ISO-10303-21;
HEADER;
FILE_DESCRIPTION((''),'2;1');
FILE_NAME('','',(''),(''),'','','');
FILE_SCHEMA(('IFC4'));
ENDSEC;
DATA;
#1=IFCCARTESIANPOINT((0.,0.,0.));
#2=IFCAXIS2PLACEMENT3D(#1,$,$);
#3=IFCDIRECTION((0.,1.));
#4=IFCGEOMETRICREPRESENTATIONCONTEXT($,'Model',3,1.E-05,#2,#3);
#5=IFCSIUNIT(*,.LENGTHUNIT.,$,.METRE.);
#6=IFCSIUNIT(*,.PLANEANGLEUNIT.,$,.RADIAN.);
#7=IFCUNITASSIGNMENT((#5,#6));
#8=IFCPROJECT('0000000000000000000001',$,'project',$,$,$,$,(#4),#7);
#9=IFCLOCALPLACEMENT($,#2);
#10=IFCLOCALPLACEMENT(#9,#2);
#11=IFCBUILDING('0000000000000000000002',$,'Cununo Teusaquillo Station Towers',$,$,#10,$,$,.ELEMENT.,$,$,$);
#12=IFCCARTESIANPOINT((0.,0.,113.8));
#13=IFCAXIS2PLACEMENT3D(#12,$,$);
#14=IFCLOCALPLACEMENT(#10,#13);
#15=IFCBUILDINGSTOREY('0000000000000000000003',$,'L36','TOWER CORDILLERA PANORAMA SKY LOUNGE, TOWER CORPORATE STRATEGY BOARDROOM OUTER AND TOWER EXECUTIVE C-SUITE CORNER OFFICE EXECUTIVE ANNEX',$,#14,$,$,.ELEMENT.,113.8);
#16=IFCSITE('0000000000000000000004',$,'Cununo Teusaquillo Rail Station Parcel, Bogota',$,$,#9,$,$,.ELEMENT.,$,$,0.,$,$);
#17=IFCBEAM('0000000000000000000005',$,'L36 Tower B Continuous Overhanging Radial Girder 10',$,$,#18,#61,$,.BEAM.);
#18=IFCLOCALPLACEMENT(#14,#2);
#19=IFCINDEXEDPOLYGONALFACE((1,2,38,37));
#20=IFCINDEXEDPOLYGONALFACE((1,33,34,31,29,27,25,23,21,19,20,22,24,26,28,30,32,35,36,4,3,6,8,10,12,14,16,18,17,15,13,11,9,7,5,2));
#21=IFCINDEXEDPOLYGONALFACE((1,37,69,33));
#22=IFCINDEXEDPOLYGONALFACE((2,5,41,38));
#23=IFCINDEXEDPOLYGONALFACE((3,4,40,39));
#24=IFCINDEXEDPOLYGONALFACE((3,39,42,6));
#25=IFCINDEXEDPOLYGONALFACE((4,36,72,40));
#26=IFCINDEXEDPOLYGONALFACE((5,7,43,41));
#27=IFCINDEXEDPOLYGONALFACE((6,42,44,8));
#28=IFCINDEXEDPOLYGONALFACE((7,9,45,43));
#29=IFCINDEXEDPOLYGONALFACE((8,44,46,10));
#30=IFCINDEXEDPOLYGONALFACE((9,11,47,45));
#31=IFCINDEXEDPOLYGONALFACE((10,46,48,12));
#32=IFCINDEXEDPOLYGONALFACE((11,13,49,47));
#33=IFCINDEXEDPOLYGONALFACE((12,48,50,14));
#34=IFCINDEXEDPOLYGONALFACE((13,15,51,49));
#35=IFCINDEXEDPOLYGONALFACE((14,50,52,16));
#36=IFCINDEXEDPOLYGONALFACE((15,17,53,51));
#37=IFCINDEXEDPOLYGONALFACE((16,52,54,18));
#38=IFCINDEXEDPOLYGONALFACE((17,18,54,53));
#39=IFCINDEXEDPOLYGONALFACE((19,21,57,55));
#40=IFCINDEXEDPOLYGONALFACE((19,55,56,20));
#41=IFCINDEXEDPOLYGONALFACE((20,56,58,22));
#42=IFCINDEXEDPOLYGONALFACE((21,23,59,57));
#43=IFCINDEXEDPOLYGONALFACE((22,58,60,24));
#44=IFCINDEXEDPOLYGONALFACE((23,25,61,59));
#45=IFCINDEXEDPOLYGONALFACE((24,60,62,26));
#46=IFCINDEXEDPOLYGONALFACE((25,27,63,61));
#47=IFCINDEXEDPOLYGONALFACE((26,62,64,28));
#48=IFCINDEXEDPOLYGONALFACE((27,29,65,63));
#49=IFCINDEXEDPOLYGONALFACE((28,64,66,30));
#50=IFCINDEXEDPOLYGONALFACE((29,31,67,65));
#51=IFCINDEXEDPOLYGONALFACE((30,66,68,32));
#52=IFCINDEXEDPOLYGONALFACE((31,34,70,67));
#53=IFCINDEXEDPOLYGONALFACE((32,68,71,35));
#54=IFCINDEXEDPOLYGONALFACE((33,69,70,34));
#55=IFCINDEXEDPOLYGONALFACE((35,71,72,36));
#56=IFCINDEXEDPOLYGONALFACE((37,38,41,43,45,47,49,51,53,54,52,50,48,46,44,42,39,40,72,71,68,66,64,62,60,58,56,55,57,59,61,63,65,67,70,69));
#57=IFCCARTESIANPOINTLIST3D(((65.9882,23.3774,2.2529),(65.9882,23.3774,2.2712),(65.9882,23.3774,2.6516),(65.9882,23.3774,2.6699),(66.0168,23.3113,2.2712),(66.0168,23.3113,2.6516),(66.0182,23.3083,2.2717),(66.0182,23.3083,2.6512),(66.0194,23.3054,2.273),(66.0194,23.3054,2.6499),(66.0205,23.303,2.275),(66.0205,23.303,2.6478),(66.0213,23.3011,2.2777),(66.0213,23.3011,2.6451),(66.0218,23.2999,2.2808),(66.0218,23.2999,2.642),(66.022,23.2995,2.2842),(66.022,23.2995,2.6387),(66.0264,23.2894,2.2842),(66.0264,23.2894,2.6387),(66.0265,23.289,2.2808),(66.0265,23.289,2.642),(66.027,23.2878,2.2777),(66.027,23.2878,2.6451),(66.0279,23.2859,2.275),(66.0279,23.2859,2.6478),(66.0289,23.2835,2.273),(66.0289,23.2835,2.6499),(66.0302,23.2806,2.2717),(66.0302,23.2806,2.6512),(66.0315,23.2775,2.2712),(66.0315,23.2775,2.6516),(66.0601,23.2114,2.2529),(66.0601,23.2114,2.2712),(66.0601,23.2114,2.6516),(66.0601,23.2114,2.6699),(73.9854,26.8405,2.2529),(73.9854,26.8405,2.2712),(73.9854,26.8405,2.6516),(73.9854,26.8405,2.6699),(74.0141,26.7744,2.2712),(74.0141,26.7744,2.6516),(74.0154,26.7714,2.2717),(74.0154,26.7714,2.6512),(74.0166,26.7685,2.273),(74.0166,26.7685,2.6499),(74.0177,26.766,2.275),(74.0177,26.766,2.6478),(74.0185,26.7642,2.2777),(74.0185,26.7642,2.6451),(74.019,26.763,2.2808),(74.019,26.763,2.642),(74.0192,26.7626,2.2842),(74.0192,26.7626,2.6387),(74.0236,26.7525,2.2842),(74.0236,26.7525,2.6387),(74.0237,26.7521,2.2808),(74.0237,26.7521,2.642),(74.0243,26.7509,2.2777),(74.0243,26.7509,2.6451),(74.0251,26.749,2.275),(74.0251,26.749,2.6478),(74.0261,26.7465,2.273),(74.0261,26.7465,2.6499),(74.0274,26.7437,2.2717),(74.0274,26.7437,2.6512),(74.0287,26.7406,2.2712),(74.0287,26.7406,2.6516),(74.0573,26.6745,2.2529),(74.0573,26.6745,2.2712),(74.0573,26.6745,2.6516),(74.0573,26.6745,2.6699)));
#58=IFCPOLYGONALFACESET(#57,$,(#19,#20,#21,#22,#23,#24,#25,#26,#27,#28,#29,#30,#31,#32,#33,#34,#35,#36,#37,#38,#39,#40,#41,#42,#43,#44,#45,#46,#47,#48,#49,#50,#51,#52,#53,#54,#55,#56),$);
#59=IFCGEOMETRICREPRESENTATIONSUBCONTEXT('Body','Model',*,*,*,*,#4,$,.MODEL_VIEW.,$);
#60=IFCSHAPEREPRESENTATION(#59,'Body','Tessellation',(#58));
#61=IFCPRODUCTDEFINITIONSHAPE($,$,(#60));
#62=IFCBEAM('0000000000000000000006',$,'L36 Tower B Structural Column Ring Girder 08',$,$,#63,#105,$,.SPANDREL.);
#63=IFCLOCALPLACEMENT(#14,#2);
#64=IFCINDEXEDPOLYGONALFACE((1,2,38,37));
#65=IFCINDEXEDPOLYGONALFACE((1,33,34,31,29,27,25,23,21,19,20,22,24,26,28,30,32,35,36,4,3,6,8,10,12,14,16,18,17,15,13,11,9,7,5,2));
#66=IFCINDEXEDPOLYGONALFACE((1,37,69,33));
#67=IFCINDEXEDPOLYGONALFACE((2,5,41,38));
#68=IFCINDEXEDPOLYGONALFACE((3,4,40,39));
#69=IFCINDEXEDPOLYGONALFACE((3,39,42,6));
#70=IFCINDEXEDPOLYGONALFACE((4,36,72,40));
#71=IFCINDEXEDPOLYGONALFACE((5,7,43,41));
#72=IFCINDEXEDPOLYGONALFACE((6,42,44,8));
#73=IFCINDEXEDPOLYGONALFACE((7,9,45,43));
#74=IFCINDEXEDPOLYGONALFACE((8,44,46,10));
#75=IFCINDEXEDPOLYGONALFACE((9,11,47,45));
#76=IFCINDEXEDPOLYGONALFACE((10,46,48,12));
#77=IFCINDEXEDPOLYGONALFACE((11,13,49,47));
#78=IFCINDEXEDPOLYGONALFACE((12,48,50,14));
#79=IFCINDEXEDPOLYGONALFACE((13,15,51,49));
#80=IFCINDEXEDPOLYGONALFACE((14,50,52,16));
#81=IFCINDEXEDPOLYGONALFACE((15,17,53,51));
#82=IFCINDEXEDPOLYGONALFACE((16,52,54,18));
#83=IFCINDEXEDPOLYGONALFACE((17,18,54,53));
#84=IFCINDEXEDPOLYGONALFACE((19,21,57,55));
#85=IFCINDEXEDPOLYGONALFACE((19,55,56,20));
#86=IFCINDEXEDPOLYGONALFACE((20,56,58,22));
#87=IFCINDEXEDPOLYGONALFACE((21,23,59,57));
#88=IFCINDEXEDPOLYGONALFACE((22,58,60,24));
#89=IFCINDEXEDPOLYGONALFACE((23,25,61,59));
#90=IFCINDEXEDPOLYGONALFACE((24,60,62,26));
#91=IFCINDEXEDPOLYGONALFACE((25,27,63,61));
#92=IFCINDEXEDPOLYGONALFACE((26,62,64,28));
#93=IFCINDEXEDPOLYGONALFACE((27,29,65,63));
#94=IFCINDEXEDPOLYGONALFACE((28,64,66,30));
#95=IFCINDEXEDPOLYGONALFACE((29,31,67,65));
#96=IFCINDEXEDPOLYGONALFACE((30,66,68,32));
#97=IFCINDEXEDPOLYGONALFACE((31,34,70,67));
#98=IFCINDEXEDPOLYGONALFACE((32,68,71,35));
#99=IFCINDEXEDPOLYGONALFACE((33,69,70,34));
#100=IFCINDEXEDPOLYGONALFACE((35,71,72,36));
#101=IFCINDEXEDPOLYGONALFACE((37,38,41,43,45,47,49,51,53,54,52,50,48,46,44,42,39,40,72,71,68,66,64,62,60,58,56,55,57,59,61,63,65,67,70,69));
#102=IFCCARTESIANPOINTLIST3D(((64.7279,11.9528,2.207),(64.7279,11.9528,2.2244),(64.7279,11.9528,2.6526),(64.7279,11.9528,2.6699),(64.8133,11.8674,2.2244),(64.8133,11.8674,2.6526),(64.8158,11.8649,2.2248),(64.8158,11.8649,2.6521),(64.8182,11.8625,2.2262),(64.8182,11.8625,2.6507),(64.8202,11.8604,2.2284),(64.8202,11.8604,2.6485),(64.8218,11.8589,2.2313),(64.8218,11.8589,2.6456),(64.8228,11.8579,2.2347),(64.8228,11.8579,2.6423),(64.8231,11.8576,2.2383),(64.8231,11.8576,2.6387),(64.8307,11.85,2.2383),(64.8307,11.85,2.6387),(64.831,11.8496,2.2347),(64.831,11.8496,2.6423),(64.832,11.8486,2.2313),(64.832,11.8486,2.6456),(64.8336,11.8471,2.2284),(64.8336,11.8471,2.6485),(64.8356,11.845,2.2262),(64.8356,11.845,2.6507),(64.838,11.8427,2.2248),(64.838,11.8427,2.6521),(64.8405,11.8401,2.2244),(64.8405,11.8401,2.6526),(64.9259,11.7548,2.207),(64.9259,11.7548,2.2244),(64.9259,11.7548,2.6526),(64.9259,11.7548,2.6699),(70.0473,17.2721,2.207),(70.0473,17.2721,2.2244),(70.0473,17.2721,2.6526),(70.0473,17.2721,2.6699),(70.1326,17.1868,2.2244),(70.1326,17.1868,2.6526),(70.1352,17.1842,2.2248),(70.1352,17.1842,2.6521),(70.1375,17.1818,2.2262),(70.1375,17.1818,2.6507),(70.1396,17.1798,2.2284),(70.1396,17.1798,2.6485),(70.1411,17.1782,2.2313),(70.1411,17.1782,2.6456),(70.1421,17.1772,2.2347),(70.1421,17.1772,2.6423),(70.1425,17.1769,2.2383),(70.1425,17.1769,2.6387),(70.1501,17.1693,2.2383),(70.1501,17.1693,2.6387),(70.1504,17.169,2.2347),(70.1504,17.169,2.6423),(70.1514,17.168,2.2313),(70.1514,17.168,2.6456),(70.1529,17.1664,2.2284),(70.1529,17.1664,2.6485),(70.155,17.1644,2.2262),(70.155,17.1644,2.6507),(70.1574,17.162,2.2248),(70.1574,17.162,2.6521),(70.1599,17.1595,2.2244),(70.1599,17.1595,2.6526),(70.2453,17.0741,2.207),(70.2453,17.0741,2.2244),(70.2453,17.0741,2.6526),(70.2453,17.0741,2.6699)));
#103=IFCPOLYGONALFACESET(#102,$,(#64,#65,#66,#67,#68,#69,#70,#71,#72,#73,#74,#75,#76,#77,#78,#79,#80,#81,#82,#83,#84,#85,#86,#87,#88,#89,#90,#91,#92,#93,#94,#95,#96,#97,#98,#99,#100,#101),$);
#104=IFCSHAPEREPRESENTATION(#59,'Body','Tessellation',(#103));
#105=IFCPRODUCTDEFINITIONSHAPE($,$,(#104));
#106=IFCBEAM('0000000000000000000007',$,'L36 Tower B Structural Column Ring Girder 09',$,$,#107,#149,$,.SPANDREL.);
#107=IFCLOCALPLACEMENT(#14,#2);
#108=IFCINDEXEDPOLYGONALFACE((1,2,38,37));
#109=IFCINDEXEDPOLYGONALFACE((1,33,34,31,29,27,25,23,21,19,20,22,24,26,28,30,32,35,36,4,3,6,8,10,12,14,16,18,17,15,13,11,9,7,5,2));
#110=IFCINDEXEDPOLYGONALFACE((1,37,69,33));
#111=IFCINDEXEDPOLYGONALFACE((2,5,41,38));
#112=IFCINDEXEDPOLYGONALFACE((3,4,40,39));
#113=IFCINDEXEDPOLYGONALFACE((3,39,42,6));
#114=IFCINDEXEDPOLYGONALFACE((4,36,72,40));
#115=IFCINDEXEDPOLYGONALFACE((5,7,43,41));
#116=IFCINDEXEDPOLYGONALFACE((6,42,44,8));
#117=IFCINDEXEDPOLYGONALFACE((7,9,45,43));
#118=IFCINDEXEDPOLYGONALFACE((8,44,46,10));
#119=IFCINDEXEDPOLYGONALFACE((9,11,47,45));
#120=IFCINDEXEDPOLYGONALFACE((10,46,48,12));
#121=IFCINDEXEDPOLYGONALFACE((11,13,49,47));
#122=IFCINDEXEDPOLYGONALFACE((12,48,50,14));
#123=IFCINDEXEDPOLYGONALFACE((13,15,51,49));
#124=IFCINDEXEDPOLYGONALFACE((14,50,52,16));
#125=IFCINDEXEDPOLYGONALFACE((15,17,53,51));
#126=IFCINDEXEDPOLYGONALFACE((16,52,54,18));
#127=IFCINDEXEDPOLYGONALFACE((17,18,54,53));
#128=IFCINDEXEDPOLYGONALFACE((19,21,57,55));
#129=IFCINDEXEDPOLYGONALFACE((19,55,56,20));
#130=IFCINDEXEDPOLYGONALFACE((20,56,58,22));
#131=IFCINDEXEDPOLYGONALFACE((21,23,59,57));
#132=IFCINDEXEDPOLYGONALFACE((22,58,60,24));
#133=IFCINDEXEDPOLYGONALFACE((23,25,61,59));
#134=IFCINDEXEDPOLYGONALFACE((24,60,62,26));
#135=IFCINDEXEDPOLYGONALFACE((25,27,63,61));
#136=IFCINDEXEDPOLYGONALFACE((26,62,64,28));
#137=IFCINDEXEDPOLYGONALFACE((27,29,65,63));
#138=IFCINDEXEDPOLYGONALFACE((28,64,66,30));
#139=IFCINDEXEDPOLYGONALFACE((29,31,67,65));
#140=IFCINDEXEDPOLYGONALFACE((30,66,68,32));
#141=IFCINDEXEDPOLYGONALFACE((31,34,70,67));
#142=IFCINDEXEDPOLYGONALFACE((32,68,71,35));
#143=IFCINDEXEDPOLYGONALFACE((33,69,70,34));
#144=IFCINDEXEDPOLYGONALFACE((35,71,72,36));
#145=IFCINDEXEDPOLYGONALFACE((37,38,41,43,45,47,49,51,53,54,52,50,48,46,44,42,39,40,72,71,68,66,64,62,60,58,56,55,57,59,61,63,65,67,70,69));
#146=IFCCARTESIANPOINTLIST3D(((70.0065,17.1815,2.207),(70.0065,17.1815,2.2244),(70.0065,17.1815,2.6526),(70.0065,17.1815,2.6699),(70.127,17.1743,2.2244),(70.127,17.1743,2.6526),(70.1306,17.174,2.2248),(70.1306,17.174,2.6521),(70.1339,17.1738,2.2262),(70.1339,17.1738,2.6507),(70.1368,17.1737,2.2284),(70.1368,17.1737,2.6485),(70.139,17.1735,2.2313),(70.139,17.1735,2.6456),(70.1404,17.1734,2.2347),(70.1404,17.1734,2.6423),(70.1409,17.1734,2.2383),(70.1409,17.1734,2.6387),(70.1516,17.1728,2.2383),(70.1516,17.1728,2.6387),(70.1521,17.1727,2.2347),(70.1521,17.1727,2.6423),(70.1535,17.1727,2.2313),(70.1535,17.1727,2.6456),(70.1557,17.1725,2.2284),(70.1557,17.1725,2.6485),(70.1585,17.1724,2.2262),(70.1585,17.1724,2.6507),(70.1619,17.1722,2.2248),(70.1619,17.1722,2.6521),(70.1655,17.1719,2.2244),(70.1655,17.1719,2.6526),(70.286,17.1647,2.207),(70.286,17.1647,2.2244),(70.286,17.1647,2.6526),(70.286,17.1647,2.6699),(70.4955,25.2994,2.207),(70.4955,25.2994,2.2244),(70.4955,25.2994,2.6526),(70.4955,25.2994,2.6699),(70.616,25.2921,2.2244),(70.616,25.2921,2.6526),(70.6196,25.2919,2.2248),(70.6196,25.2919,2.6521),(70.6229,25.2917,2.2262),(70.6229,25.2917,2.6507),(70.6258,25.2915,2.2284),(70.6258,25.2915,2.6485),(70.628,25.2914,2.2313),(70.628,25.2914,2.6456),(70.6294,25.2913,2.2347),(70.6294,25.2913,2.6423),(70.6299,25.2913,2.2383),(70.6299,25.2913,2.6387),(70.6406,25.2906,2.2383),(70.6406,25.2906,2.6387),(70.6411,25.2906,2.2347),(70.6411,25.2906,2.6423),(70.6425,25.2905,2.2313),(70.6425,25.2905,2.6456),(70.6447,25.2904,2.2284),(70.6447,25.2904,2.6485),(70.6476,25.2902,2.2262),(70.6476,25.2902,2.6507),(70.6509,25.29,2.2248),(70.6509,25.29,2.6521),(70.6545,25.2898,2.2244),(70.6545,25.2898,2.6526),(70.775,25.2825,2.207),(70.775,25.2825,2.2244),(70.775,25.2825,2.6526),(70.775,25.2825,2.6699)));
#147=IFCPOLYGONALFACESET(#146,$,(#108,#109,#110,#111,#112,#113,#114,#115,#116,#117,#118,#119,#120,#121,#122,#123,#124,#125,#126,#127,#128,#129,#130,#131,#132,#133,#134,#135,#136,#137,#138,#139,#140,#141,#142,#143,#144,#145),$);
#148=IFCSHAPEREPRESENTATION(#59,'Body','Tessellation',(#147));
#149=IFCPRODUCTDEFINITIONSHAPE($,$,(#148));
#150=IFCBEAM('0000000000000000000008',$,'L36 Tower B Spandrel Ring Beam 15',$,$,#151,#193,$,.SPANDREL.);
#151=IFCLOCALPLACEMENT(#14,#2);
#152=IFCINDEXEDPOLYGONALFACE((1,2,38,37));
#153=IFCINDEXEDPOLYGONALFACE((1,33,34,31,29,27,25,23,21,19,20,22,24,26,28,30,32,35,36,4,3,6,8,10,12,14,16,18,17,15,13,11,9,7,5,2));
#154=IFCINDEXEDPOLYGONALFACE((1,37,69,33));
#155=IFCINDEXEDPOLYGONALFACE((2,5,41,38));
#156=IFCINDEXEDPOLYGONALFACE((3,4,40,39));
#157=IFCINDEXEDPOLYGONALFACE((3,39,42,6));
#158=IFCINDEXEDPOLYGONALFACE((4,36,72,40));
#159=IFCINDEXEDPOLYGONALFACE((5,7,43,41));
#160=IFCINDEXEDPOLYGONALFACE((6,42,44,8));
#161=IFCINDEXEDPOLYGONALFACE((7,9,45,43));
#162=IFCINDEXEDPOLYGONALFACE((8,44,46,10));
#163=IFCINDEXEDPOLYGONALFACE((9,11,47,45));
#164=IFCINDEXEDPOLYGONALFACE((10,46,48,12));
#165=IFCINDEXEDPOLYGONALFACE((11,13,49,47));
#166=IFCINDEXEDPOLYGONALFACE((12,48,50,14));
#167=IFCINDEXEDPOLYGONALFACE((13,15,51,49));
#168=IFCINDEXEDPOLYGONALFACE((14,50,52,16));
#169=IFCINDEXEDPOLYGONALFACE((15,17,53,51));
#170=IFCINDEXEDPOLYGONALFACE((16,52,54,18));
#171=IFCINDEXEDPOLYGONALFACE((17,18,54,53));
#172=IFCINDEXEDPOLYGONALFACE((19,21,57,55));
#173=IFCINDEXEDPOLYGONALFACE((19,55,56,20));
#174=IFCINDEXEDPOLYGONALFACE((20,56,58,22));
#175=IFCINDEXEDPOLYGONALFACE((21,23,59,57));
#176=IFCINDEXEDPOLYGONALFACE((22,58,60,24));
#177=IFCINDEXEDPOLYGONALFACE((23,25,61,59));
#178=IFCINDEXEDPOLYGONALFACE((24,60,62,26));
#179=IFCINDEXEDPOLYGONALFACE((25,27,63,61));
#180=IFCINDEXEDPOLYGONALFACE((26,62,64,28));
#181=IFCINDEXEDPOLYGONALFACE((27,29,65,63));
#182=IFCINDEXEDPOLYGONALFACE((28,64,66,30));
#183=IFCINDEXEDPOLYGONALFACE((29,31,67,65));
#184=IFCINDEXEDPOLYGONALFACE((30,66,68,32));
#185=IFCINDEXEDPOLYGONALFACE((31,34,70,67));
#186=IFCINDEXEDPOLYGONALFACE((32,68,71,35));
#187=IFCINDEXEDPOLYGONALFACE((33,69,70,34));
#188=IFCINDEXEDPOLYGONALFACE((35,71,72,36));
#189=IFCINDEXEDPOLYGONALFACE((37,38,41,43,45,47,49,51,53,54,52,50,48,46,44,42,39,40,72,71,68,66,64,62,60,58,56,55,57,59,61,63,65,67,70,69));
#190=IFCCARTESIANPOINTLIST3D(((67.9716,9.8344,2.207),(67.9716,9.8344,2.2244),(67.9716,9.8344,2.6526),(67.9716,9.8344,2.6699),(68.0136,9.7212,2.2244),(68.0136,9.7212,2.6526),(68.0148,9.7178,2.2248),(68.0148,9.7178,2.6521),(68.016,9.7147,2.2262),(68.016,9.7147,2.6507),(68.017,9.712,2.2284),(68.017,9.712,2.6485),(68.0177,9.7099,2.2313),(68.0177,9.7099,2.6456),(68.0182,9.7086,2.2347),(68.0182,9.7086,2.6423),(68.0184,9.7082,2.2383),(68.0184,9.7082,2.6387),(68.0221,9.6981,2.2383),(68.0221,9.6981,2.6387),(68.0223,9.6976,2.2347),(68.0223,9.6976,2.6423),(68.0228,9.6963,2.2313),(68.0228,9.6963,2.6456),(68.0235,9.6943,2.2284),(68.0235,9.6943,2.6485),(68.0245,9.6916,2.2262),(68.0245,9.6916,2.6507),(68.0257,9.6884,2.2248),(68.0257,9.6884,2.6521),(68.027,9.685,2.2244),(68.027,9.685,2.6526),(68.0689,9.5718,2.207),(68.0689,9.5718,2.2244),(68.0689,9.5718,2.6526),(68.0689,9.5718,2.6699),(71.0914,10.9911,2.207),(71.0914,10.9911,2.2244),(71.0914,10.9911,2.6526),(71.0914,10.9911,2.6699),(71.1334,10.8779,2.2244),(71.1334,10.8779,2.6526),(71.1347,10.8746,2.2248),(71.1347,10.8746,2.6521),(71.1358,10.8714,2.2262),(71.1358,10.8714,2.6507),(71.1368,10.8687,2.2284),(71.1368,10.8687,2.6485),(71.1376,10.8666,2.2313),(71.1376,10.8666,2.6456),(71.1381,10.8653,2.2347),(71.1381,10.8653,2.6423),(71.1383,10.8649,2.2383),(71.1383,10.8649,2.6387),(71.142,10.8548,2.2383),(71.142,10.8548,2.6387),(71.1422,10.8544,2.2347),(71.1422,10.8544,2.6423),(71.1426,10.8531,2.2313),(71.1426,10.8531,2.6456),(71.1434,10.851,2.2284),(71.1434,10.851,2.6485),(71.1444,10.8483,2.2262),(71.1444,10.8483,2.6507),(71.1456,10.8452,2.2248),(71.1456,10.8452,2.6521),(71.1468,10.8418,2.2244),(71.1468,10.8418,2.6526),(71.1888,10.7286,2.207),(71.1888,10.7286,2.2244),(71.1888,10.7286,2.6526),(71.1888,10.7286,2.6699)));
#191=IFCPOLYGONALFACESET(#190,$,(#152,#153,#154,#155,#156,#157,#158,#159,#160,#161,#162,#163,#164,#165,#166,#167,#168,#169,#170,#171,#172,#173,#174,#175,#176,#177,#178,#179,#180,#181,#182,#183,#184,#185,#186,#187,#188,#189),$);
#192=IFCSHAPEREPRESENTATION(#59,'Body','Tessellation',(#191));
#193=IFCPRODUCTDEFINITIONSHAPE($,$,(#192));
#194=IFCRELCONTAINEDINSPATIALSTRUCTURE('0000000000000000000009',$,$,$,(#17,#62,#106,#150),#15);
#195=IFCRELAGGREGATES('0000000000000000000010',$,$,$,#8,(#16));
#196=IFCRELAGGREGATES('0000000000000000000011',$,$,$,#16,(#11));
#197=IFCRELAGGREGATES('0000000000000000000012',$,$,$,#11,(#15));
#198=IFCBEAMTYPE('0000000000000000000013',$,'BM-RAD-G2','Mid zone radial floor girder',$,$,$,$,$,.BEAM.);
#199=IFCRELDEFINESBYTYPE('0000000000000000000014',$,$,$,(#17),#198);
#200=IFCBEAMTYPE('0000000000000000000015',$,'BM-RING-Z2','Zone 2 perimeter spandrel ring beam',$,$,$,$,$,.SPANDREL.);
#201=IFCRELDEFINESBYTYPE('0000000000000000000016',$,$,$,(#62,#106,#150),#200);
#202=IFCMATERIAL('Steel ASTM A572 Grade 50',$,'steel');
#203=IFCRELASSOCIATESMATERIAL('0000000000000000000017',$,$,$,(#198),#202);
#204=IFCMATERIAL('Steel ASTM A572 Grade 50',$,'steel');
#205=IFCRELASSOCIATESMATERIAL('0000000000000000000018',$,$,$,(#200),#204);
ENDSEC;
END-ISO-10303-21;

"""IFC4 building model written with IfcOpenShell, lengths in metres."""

from ifc_helpers import new_model, si_unit, direction, frame, origin, origin_2d, place, context, subcontext, project, spatial, i_section, extrude, material, material_profile, profile_set, type_object, element, save


model = new_model("IFC4")

# Units and contexts
model_context = context("Model", 3, precision=1e-05, world=origin(), true_north=direction((0.0, 1.0)))
body_context = subcontext(model_context, "Body", "Model", "MODEL_VIEW")
ifc_project = project(units=[si_unit("LENGTHUNIT", "METRE"), si_unit("PLANEANGLEUNIT", "RADIAN")], contexts=[model_context])

# Site, building, storey
site_placement = place(None, origin())
site = spatial("IfcSite", under=ifc_project, at=site_placement, Name="Cununo Teusaquillo Rail Station Parcel, Bogota", CompositionType="ELEMENT", RefElevation=0.0)
building_placement = place(site_placement, origin())
building = spatial("IfcBuilding", under=site, at=building_placement, Name="Cununo Teusaquillo Station Towers", CompositionType="ELEMENT")
storey_placement = place(building_placement, frame((0.0, 0.0, 113.8)))
storey = spatial("IfcBuildingStorey", under=building, at=storey_placement, Name="L36", Description="TOWER CORDILLERA PANORAMA SKY LOUNGE, TOWER CORPORATE STRATEGY BOARDROOM OUTER AND TOWER EXECUTIVE C-SUITE CORNER OFFICE EXECUTIVE ANNEX", CompositionType="ELEMENT", Elevation=113.8)

# Beams
ifc_material_1 = material(Name="Steel ASTM A572 Grade 50", Category="steel")
ifc_material_profile_1 = material_profile(ifc_material_1, i_section(OverallWidth=0.1809, OverallDepth=0.417, WebThickness=0.011, FlangeThickness=0.0183, FilletRadius=0.0129, at=origin_2d()), Name="W16X57")
ifc_profile_set_1 = profile_set([ifc_material_profile_1], Name="Steel ASTM A572 Grade 50")
beam_type_1 = type_object("IfcBeamType", Name="BM-RAD-G2", Description="Mid zone radial floor girder", PredefinedType="BEAM", material=ifc_profile_set_1)
beam_1_placement = place(storey_placement, frame((66.0242, 23.2944, 2.4614), z_axis=(0.917655, 0.397379, 0.0), x_axis=(-0.397379, 0.917655, 0.0)))
element("IfcBeam", 1, at=beam_1_placement, inside=storey, type_object=beam_type_1, Name="L36 Tower B Continuous Overhanging Radial Girder 10", PredefinedType="BEAM", context=body_context, shape_type="SweptSolid", body=[
    extrude(i_section(OverallWidth=0.1809, OverallDepth=0.417, WebThickness=0.011, FlangeThickness=0.0183, FilletRadius=0.0129, at=origin_2d()), origin(), (0.0, 0.0, 1.0), 8.7148),
])
ifc_material_2 = material(Name="Steel ASTM A572 Grade 50", Category="steel")
ifc_material_profile_2 = material_profile(ifc_material_2, i_section(OverallWidth=0.28, OverallDepth=0.4629, WebThickness=0.0107, FlangeThickness=0.0173, FilletRadius=0.0139, at=origin_2d()), Name="W18X76")
ifc_profile_set_2 = profile_set([ifc_material_profile_2], Name="Steel ASTM A572 Grade 50")
beam_type_2 = type_object("IfcBeamType", Name="BM-RING-Z2", Description="Zone 2 perimeter spandrel ring beam", PredefinedType="SPANDREL", material=ifc_profile_set_2)
beam_2_placement = place(storey_placement, frame((64.8269, 11.8538, 2.4385), z_axis=(0.707107, 0.707107, 0.0), x_axis=(-0.707107, 0.707107, 0.0)))
element("IfcBeam", 2, at=beam_2_placement, inside=storey, type_object=beam_type_2, Name="L36 Tower B Structural Column Ring Girder 08", PredefinedType="SPANDREL", context=body_context, shape_type="SweptSolid", body=[
    extrude(i_section(OverallWidth=0.28, OverallDepth=0.4629, WebThickness=0.0107, FlangeThickness=0.0173, FilletRadius=0.0139, at=origin_2d()), origin(), (0.0, 0.0, 1.0), 7.5227),
])
beam_3_placement = place(storey_placement, frame((70.1462, 17.1731, 2.4385), z_axis=(0.06013, 0.998191, 0.0), x_axis=(-0.998191, 0.06013, 0.0)))
element("IfcBeam", 3, at=beam_3_placement, inside=storey, type_object=beam_type_2, Name="L36 Tower B Structural Column Ring Girder 09", PredefinedType="SPANDREL", context=body_context, shape_type="SweptSolid", body=[
    extrude(i_section(OverallWidth=0.28, OverallDepth=0.4629, WebThickness=0.0107, FlangeThickness=0.0173, FilletRadius=0.0139, at=origin_2d()), origin(), (0.0, 0.0, 1.0), 8.1326),
])
for number, where, z_axis, x_axis, name in (
    (4, (68.0203, 9.7031, 2.4385), (0.937628, 0.347639, 0.0), (-0.347639, 0.937628, 0.0), "L36 Tower B Spandrel Ring Beam 15"),
):
    element("IfcBeam", number, at=place(storey_placement, frame(where, z_axis=z_axis, x_axis=x_axis)), inside=storey, type_object=beam_type_2, Name=name, PredefinedType="SPANDREL", context=body_context, shape_type="SweptSolid", body=[
        extrude(i_section(OverallWidth=0.28, OverallDepth=0.4629, WebThickness=0.0107, FlangeThickness=0.0173, FilletRadius=0.0139, at=origin_2d()), origin(), (0.0, 0.0, 1.0), 3.3274),
    ])

save(model, "model.ifc")
